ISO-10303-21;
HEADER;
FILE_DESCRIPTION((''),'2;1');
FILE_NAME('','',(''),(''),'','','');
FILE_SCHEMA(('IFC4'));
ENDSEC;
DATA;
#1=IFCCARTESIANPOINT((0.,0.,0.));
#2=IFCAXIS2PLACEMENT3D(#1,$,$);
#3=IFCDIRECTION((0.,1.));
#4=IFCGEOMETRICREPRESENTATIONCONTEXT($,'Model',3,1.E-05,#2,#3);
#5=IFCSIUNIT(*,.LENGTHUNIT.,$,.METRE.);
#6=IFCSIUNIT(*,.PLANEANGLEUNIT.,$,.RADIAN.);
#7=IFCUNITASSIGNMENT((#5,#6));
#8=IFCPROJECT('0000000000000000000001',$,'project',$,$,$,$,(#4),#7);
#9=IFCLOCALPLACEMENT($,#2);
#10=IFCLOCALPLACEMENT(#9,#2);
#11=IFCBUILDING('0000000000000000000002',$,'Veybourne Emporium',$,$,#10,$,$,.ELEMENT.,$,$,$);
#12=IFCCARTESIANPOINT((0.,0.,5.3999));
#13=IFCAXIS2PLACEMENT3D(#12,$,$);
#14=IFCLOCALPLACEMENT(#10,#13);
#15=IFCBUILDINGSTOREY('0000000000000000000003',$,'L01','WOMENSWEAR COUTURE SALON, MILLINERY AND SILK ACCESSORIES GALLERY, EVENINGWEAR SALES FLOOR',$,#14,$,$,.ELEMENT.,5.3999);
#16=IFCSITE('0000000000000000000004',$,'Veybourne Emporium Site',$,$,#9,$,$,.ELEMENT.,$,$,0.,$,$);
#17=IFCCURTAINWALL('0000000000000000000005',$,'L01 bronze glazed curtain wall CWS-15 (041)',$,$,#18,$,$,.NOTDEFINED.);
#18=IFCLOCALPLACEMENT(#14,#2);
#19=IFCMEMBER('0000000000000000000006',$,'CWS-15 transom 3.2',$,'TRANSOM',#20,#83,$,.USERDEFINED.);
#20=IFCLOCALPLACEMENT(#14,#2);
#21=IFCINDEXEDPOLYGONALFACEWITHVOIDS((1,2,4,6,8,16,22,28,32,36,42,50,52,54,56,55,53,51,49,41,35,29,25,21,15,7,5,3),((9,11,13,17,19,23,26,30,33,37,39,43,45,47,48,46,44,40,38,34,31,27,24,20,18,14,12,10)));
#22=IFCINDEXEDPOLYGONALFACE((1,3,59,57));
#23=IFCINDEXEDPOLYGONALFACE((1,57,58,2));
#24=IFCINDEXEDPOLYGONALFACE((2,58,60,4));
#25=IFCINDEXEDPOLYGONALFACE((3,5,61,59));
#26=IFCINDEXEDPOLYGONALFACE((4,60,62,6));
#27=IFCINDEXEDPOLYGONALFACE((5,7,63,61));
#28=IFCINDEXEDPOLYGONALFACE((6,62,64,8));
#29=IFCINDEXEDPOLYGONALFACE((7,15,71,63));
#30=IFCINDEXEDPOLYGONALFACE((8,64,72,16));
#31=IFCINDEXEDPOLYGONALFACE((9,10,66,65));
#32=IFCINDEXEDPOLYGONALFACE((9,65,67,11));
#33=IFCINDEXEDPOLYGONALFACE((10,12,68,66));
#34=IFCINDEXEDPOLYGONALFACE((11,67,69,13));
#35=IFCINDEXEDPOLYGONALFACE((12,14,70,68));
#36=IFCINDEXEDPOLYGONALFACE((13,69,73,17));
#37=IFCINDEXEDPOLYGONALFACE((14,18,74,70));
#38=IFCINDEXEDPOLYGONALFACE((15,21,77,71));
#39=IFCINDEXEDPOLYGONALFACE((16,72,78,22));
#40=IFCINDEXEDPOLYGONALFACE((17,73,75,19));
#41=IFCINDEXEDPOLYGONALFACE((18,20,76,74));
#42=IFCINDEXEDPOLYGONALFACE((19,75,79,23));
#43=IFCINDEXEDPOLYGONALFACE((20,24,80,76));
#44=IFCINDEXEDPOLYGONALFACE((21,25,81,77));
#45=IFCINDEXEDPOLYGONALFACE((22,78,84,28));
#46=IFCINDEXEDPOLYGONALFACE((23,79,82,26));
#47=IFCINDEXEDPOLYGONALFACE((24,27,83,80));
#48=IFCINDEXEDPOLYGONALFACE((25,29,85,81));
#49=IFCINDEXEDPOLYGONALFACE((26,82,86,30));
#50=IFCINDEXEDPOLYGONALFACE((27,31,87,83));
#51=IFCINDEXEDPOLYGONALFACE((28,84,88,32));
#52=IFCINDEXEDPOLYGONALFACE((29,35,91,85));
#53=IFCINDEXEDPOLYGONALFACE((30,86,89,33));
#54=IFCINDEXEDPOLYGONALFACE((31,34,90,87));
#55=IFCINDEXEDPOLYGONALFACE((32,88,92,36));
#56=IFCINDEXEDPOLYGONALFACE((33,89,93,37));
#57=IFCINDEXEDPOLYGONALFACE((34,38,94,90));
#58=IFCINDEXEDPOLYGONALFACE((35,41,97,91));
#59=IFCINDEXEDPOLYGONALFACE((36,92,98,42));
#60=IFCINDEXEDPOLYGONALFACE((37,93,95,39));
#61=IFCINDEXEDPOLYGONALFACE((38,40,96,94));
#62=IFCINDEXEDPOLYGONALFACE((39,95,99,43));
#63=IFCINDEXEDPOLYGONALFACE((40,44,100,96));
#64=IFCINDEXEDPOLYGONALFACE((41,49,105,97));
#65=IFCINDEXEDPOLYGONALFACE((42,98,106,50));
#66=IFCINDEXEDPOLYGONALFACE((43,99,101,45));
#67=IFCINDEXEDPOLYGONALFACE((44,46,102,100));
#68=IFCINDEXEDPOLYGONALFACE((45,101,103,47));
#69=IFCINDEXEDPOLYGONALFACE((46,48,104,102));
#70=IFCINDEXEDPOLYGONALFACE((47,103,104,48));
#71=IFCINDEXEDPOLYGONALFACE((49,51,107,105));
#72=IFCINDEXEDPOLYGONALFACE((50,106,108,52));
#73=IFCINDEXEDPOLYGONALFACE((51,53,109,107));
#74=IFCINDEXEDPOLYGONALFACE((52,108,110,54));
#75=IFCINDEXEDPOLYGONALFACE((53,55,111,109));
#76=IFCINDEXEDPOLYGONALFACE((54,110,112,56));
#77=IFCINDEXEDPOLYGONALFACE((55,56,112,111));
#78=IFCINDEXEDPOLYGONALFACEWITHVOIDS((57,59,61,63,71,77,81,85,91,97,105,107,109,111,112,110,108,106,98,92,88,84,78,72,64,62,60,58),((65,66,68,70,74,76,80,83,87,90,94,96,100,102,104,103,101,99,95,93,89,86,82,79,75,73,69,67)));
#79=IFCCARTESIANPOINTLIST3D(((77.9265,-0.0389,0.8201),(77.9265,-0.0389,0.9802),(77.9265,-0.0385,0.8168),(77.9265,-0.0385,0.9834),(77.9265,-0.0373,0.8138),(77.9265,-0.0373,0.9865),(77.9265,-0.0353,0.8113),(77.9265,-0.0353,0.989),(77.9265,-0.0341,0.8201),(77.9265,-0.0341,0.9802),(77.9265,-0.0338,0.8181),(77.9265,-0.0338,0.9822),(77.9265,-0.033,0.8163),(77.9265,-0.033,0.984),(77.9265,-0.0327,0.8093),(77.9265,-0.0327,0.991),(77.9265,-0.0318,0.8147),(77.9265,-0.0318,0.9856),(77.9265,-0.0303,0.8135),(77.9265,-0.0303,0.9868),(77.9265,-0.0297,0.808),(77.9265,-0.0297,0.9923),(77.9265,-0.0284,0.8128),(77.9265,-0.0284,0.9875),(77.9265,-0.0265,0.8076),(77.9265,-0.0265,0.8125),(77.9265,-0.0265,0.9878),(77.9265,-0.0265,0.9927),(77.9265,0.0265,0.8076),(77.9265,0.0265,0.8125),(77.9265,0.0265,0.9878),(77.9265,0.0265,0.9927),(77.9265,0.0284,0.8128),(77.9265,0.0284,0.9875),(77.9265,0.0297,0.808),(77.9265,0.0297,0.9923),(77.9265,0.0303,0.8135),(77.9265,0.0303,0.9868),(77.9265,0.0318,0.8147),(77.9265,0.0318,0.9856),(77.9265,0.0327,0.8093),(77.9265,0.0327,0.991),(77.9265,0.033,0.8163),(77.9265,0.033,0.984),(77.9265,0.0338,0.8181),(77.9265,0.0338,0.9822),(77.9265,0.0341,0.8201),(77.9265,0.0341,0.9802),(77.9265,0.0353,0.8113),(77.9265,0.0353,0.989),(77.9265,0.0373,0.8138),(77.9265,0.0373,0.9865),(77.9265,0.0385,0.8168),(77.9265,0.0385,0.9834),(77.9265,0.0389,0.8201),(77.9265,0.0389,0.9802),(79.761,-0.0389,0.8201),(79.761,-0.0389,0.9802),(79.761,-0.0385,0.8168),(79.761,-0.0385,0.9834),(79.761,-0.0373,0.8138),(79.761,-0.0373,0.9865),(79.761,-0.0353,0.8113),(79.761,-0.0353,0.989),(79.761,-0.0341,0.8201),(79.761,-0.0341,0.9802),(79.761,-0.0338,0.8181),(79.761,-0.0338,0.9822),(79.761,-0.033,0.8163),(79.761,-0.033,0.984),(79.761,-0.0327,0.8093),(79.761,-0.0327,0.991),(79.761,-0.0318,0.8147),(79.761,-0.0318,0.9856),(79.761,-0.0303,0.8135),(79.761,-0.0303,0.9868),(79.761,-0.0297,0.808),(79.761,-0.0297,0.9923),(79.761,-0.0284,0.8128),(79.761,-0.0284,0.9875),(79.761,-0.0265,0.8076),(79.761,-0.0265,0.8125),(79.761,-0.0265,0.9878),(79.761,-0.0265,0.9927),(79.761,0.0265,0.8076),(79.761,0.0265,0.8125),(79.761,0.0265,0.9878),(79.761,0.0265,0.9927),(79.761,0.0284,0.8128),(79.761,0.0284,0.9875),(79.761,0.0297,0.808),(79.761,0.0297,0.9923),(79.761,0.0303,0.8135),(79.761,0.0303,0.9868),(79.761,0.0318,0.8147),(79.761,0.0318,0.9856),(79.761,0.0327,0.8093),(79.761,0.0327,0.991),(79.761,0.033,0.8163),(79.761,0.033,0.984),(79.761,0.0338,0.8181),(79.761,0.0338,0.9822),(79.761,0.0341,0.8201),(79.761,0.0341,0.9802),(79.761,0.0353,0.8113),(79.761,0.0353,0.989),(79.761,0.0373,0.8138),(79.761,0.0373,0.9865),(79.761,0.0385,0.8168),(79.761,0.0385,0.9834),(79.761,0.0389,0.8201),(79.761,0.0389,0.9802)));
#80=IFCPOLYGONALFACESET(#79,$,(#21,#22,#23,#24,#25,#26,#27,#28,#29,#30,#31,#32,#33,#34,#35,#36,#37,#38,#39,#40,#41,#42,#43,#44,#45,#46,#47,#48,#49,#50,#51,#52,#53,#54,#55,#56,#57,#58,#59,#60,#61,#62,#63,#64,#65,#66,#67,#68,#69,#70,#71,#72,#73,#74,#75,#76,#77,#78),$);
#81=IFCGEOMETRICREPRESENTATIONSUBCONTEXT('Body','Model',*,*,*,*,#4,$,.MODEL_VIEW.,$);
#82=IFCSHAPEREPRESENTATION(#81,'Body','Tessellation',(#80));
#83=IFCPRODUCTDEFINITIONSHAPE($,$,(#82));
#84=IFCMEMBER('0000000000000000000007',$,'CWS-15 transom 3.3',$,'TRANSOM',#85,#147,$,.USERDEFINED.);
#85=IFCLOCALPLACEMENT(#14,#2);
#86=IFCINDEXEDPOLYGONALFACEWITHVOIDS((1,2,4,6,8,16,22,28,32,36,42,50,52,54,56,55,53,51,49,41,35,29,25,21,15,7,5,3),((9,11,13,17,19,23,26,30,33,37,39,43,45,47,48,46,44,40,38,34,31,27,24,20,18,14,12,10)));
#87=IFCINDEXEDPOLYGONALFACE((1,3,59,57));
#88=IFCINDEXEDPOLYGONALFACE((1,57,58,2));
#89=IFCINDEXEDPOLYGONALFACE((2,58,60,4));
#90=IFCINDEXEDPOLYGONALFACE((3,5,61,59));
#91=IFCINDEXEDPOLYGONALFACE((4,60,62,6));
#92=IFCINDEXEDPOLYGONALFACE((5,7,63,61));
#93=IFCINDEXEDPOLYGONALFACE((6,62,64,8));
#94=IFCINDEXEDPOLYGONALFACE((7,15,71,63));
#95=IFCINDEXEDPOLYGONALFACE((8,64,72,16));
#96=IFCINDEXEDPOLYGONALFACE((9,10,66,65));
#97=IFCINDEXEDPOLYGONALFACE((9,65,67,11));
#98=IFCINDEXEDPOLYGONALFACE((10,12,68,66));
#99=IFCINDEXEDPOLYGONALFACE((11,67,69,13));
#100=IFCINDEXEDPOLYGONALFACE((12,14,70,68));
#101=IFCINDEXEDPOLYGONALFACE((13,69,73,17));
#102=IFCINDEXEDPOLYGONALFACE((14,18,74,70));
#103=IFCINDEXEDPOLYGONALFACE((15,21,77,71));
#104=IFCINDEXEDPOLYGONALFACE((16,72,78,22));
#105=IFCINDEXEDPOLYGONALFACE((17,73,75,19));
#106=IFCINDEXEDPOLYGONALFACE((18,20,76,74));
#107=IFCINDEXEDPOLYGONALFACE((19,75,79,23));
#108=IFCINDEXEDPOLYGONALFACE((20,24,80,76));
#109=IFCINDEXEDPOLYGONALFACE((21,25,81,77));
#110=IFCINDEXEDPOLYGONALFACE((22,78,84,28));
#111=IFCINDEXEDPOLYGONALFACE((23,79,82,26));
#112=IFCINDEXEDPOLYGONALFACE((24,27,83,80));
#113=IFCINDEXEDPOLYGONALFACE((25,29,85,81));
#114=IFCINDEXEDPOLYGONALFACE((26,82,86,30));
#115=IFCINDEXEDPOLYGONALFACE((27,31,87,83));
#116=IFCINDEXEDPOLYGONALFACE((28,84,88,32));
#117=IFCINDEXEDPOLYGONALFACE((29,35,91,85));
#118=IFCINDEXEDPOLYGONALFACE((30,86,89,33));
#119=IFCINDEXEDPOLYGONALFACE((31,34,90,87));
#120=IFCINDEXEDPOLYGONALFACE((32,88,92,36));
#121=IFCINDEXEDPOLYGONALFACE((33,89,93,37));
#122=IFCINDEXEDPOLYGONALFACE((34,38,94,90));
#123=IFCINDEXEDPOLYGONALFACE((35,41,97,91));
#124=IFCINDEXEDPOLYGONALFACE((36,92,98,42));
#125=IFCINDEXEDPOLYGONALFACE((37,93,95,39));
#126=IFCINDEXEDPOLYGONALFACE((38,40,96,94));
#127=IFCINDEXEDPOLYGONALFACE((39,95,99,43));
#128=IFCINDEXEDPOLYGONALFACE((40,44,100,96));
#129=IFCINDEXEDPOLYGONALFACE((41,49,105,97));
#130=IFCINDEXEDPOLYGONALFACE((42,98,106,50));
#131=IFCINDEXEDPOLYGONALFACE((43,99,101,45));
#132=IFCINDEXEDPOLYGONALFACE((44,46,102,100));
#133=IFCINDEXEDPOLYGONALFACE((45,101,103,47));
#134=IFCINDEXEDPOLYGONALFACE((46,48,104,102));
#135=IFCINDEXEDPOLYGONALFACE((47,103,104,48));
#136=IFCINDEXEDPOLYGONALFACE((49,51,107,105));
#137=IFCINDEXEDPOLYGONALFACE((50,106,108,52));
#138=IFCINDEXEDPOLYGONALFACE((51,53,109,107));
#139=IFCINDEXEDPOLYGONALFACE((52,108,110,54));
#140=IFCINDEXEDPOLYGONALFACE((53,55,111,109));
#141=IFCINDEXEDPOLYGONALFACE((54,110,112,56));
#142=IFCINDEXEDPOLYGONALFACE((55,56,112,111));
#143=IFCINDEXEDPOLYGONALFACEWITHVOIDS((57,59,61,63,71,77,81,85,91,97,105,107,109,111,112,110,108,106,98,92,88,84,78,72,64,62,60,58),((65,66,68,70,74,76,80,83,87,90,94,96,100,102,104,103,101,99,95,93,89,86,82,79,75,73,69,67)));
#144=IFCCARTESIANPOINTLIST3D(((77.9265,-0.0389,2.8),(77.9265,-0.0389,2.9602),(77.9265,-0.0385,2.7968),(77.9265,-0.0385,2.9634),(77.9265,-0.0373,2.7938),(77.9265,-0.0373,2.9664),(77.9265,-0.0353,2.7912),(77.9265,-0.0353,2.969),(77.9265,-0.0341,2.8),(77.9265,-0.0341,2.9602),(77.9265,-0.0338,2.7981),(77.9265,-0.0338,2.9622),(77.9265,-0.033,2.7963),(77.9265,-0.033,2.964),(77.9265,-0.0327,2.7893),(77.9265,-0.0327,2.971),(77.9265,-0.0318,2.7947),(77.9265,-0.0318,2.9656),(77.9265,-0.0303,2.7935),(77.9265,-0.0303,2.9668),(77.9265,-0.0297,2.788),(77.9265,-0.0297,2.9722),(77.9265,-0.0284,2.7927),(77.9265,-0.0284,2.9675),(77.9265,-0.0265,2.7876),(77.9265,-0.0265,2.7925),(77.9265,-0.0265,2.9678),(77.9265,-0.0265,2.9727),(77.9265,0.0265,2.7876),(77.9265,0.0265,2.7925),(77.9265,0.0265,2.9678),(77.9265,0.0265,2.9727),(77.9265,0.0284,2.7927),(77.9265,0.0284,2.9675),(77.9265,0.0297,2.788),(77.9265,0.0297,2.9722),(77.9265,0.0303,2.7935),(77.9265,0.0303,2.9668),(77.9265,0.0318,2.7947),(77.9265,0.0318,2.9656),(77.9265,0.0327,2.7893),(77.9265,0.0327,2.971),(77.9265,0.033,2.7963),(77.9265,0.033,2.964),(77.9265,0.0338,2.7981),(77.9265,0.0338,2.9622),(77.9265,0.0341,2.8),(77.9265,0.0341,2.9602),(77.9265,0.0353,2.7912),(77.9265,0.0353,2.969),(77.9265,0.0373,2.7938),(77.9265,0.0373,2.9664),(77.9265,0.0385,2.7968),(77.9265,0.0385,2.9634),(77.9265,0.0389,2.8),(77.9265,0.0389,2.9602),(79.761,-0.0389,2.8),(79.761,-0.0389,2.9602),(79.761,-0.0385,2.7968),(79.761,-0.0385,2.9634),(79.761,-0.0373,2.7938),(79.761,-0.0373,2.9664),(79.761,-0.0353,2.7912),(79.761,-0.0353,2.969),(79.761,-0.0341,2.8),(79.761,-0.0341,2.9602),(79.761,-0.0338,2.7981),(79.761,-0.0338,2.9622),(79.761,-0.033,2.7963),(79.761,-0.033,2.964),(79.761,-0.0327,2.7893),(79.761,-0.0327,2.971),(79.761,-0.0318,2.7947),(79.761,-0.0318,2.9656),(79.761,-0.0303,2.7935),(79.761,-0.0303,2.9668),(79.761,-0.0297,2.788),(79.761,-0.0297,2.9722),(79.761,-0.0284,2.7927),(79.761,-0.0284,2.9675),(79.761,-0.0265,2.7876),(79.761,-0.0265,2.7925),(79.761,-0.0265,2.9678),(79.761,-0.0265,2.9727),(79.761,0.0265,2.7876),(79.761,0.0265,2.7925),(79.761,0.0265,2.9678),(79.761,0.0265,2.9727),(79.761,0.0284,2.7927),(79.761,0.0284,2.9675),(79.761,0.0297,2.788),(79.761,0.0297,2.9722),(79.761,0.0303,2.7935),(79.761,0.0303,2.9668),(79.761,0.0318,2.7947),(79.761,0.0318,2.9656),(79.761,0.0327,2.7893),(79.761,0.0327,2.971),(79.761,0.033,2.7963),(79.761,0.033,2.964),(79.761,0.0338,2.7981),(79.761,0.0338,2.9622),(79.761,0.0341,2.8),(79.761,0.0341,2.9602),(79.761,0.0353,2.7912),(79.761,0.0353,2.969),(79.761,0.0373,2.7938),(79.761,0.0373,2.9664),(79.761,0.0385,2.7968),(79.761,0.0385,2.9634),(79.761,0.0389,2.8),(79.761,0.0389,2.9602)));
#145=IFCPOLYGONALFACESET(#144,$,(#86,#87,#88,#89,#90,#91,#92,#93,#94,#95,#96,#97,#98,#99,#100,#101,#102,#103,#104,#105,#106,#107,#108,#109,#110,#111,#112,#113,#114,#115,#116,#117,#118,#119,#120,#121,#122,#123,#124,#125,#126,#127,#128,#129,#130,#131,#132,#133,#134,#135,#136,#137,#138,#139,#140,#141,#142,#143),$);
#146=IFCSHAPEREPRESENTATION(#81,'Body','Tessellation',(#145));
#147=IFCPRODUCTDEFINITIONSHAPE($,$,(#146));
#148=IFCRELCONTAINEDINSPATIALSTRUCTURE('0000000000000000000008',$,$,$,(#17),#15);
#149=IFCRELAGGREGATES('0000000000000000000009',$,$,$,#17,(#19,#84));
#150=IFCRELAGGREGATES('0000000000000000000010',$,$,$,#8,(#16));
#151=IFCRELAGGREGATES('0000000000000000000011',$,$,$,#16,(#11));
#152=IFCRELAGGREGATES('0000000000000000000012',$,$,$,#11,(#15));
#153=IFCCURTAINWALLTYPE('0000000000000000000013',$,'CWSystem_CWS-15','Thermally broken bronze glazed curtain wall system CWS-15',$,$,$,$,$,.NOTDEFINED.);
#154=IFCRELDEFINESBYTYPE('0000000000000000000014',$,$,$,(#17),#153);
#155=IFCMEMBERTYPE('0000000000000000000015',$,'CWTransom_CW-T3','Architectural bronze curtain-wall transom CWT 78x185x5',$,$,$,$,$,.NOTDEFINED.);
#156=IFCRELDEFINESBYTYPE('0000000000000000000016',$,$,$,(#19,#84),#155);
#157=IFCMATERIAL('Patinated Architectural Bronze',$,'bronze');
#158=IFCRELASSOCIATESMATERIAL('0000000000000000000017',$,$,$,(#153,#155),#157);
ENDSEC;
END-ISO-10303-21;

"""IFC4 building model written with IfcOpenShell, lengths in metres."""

from ifc_helpers import new_model, si_unit, direction, frame, origin, origin_2d, place, context, subcontext, project, spatial, hollow_rectangle, extrude, material, material_profile, profile_set, type_object, element, aggregate, save


model = new_model("IFC4")

# Units and contexts
model_context = context("Model", 3, precision=1e-05, world=origin(), true_north=direction((0.0, 1.0)))
body_context = subcontext(model_context, "Body", "Model", "MODEL_VIEW")
ifc_project = project(units=[si_unit("LENGTHUNIT", "METRE"), si_unit("PLANEANGLEUNIT", "RADIAN")], contexts=[model_context])

# Site, building, storey
site_placement = place(None, origin())
site = spatial("IfcSite", under=ifc_project, at=site_placement, Name="Veybourne Emporium Site", CompositionType="ELEMENT", RefElevation=0.0)
building_placement = place(site_placement, origin())
building = spatial("IfcBuilding", under=site, at=building_placement, Name="Veybourne Emporium", CompositionType="ELEMENT")
storey_placement = place(building_placement, frame((0.0, 0.0, 5.3999)))
storey = spatial("IfcBuildingStorey", under=building, at=storey_placement, Name="L01", Description="WOMENSWEAR COUTURE SALON, MILLINERY AND SILK ACCESSORIES GALLERY, EVENINGWEAR SALES FLOOR", CompositionType="ELEMENT", Elevation=5.3999)

# Curtain wall, members
ifc_material_1 = material(Name="Patinated Architectural Bronze", Category="bronze")
curtain_wall_type = type_object("IfcCurtainWallType", Name="CWSystem_CWS-15", Description="Thermally broken bronze glazed curtain wall system CWS-15", PredefinedType="NOTDEFINED", material=ifc_material_1)
curtain_wall_placement = place(storey_placement, origin())
curtain_wall = element("IfcCurtainWall", 1, at=curtain_wall_placement, inside=storey, type_object=curtain_wall_type, Name="L01 bronze glazed curtain wall CWS-15 (041)", PredefinedType="NOTDEFINED")
ifc_material_profile_1 = material_profile(ifc_material_1, hollow_rectangle(XDim=0.0779, YDim=0.1851, WallThickness=0.0049, InnerFilletRadius=0.0076, OuterFilletRadius=0.0125, at=origin_2d()), Name="CWT 78x185x5")
ifc_profile_set_1 = profile_set([ifc_material_profile_1], Name="Patinated Architectural Bronze")
member_type_1 = type_object("IfcMemberType", Name="CWTransom_CW-T3", Description="Architectural bronze curtain-wall transom CWT 78x185x5", PredefinedType="NOTDEFINED", material=ifc_profile_set_1)
member_1_placement = place(storey_placement, frame((79.761, 0.0, 0.9001), z_axis=(-1.0, 0.0, 0.0), x_axis=(0.0, -1.0, 0.0)))
member_1 = element("IfcMember", 2, at=member_1_placement, type_object=member_type_1, Name="CWS-15 transom 3.2", ObjectType="TRANSOM", PredefinedType="USERDEFINED", context=body_context, shape_type="SweptSolid", body=[
    extrude(hollow_rectangle(XDim=0.0779, YDim=0.1851, WallThickness=0.0049, InnerFilletRadius=0.0076, OuterFilletRadius=0.0125, at=origin_2d()), origin(), (0.0, 0.0, 1.0), 1.8345),
])
member_2_placement = place(storey_placement, frame((79.761, 0.0, 2.8801), z_axis=(-1.0, 0.0, 0.0), x_axis=(0.0, -1.0, 0.0)))
member_2 = element("IfcMember", 3, at=member_2_placement, type_object=member_type_1, Name="CWS-15 transom 3.3", ObjectType="TRANSOM", PredefinedType="USERDEFINED", context=body_context, shape_type="SweptSolid", body=[
    extrude(hollow_rectangle(XDim=0.0779, YDim=0.1851, WallThickness=0.0049, InnerFilletRadius=0.0076, OuterFilletRadius=0.0125, at=origin_2d()), origin(), (0.0, 0.0, 1.0), 1.8345),
])

aggregate(curtain_wall, [member_1, member_2])

save(model, "model.ifc")
